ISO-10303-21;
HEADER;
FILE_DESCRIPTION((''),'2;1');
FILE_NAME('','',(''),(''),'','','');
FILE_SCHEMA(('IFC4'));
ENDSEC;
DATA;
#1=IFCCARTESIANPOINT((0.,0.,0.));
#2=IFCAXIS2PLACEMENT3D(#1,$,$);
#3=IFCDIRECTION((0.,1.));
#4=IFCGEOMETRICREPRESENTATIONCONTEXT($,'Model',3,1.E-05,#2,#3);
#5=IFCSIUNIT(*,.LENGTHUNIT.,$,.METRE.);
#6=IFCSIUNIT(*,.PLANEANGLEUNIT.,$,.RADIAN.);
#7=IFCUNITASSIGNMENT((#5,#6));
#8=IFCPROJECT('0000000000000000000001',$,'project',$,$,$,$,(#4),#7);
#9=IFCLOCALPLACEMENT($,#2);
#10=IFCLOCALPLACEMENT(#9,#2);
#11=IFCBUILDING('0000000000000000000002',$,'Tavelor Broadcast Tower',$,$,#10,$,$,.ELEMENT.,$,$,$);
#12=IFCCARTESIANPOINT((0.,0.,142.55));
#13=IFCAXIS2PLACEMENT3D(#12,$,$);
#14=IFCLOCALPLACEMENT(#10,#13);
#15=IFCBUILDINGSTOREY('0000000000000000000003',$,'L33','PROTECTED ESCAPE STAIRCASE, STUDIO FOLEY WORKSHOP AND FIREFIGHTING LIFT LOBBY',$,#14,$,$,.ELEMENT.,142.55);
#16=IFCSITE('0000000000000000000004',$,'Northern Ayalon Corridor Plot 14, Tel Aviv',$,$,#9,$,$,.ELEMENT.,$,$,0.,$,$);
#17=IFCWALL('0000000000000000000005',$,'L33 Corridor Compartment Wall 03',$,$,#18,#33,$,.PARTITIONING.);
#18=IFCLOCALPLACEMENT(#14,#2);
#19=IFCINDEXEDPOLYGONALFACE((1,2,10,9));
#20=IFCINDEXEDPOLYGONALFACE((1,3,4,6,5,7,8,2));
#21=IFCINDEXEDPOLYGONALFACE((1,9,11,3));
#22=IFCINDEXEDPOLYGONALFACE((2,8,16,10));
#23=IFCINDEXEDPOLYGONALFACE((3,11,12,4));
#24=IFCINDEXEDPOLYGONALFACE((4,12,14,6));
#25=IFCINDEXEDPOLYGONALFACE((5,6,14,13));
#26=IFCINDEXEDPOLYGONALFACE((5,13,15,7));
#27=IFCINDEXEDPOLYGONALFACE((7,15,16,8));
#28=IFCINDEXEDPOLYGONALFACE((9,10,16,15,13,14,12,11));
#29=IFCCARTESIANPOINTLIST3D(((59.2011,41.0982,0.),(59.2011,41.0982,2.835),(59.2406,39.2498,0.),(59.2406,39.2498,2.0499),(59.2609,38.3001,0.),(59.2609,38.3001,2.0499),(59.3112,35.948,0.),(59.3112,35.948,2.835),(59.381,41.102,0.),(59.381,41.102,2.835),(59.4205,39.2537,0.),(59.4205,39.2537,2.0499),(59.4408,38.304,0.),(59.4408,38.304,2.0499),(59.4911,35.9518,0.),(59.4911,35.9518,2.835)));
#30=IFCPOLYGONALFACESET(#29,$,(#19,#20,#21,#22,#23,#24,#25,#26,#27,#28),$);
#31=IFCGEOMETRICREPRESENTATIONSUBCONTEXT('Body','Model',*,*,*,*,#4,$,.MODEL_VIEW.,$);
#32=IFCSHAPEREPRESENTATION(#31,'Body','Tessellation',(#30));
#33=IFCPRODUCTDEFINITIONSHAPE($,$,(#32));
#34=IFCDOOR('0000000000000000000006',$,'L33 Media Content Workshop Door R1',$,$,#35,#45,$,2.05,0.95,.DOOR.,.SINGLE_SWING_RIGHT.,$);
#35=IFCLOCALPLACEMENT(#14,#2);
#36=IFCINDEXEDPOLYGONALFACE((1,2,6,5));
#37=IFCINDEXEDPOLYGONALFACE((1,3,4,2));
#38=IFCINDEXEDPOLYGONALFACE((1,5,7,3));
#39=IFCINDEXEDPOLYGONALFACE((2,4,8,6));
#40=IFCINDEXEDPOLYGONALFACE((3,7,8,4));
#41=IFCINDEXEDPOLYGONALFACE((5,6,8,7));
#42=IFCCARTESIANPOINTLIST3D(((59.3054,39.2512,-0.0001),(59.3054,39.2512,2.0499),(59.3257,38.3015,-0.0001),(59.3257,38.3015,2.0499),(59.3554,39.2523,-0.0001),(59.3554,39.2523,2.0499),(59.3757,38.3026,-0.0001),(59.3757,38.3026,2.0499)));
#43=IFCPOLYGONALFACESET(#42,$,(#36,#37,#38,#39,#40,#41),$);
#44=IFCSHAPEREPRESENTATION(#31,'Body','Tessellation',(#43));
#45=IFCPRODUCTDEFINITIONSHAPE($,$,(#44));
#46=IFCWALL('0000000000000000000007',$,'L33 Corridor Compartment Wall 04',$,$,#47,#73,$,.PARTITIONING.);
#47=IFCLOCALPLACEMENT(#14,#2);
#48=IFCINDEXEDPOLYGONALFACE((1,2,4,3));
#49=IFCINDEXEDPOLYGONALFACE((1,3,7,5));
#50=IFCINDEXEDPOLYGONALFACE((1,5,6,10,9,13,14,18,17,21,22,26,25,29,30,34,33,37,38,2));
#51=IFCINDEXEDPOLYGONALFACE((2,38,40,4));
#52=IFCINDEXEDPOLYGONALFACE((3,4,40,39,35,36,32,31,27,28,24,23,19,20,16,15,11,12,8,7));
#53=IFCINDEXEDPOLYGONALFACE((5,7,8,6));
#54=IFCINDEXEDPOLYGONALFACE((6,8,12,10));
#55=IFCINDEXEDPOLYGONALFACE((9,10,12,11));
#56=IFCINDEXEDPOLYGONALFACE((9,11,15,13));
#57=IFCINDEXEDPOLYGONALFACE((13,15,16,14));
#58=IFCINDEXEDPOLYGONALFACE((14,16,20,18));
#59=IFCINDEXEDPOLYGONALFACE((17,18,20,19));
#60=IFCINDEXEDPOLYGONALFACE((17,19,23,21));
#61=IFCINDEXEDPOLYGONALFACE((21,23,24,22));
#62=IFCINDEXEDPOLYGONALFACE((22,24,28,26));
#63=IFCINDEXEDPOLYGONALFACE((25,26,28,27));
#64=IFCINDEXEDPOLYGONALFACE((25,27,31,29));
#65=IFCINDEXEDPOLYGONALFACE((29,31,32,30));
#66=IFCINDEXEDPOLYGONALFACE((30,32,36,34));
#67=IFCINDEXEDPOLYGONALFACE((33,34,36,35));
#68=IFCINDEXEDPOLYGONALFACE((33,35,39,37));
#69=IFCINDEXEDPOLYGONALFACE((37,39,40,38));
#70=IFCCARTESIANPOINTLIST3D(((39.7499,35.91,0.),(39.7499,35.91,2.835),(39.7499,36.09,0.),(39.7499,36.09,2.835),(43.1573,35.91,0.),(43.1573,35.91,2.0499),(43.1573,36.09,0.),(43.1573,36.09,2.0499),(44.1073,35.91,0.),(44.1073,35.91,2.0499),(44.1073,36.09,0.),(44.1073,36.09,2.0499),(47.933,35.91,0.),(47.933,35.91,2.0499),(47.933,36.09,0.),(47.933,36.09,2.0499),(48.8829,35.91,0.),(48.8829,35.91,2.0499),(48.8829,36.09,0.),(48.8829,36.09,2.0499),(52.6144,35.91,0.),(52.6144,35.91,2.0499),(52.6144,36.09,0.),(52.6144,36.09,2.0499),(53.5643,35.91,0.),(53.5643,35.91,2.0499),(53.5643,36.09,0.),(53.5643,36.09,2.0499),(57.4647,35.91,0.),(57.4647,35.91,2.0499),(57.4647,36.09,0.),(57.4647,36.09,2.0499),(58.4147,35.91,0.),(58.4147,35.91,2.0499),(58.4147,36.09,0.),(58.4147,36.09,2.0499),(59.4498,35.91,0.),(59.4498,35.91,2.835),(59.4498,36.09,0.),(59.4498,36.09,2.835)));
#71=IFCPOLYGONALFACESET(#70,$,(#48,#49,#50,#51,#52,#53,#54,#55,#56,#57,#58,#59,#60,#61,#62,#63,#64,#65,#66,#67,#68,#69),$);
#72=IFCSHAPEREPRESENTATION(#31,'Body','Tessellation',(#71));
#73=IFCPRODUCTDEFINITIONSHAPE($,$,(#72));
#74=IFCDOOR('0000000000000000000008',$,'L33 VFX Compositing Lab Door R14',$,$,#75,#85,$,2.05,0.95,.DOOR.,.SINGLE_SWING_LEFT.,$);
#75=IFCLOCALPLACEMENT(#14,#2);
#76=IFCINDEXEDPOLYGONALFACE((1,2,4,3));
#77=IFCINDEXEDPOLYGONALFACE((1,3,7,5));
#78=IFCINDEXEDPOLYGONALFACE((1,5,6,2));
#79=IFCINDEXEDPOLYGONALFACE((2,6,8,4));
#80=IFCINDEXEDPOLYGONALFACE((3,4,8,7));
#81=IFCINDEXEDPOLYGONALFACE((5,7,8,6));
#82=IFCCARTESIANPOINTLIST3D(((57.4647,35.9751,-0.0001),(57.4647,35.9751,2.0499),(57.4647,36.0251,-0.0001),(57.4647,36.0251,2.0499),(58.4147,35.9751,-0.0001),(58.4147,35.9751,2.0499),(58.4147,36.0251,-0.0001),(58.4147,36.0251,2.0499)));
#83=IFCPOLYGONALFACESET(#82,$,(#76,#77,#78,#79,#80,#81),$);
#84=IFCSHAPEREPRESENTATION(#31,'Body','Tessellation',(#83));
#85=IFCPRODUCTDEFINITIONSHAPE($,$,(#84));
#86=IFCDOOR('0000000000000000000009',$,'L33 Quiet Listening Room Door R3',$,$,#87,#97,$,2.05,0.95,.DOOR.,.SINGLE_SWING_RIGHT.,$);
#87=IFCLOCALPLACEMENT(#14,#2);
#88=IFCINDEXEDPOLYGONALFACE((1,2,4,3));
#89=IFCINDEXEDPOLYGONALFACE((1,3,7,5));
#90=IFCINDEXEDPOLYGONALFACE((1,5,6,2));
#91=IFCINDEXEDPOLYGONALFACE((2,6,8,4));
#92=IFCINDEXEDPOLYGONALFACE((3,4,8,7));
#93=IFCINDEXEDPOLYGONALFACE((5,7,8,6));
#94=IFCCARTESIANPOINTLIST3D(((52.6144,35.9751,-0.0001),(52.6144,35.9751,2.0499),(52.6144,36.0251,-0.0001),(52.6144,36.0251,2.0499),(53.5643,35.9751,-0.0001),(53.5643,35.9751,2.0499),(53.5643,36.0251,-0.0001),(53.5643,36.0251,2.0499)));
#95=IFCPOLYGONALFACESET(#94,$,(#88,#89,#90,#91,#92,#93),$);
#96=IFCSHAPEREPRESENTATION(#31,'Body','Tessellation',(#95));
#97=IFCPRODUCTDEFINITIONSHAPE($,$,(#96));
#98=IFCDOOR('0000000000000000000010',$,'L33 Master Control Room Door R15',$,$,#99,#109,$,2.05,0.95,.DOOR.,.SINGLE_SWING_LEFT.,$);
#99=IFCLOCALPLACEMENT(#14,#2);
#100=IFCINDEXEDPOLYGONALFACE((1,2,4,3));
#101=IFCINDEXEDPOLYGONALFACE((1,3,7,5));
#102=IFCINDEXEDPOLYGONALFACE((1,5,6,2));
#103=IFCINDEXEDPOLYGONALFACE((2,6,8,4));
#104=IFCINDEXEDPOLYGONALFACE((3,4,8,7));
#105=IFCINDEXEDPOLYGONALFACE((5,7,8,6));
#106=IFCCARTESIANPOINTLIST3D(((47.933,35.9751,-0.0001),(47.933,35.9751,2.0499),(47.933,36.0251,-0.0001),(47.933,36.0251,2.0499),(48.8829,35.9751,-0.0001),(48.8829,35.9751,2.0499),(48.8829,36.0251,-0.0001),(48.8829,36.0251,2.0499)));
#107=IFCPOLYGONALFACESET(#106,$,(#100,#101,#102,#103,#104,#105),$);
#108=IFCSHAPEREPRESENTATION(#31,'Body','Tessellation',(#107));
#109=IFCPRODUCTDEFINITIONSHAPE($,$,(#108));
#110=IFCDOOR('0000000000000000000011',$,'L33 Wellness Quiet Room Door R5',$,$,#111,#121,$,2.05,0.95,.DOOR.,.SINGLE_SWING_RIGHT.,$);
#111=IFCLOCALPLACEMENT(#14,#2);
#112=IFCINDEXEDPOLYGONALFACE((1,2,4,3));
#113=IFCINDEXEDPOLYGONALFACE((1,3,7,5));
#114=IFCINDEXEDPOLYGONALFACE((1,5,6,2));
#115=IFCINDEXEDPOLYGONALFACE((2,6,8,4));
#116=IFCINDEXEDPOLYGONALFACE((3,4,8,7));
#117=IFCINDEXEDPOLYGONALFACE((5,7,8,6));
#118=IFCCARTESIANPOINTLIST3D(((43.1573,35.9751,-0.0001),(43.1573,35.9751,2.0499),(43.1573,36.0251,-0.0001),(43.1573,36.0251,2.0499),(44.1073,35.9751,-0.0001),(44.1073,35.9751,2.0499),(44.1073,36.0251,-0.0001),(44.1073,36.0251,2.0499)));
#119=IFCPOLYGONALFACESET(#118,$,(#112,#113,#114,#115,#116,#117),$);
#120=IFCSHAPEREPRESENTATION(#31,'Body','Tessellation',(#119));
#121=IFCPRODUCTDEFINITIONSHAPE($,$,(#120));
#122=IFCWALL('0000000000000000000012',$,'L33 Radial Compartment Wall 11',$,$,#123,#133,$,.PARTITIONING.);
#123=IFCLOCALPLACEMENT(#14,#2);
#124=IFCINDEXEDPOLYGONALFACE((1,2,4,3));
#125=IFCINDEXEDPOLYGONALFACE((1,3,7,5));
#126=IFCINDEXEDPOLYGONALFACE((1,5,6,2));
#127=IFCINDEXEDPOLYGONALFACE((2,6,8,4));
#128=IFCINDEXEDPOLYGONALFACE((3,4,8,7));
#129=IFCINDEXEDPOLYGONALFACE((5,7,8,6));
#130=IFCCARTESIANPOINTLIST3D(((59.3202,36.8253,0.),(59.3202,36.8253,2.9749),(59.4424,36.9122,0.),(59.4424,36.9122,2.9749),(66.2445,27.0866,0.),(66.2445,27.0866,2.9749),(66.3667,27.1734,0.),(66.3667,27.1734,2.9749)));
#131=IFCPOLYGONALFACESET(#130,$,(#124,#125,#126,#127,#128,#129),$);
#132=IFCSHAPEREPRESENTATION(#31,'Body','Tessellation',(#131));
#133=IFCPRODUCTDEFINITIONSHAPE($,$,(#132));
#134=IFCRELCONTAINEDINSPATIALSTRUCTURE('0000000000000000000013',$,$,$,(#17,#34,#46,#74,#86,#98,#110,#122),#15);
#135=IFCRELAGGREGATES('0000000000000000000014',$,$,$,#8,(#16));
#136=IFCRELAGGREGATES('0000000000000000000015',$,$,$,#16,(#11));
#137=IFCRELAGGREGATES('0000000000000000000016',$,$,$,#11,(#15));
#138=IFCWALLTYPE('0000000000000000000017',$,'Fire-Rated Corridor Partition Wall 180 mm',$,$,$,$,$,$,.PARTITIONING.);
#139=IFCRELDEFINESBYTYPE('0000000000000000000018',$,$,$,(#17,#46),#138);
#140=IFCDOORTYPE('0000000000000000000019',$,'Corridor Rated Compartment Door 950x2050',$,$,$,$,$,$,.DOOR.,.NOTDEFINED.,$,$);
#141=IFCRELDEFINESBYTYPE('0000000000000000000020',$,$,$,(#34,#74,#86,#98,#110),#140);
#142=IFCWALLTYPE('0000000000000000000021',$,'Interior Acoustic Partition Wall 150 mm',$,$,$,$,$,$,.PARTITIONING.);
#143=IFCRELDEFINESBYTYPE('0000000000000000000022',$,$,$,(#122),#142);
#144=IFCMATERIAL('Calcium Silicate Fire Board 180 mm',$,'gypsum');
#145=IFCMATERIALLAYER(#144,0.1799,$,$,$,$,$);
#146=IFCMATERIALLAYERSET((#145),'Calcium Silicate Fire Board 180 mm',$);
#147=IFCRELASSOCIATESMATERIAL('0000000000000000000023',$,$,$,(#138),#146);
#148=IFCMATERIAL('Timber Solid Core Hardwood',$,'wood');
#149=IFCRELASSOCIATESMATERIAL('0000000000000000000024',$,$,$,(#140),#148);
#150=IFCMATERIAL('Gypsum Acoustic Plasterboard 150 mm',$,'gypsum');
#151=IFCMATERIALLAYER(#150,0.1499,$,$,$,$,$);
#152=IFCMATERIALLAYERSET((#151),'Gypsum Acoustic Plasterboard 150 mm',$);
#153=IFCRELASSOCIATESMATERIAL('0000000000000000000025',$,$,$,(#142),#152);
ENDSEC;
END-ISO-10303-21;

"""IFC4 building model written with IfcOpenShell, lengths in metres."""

from ifc_helpers import new_model, si_unit, direction, frame, frame_2d, origin, place, context, subcontext, project, spatial, rectangle, extrude, material, layer, layer_set, type_object, element, fill, save


model = new_model("IFC4")

# Units and contexts
model_context = context("Model", 3, precision=1e-05, world=origin(), true_north=direction((0.0, 1.0)))
body_context = subcontext(model_context, "Body", "Model", "MODEL_VIEW")
ifc_project = project(units=[si_unit("LENGTHUNIT", "METRE"), si_unit("PLANEANGLEUNIT", "RADIAN")], contexts=[model_context])

# Site, building, storey
site_placement = place(None, origin())
site = spatial("IfcSite", under=ifc_project, at=site_placement, Name="Northern Ayalon Corridor Plot 14, Tel Aviv", CompositionType="ELEMENT", RefElevation=0.0)
building_placement = place(site_placement, origin())
building = spatial("IfcBuilding", under=site, at=building_placement, Name="Tavelor Broadcast Tower", CompositionType="ELEMENT")
storey_placement = place(building_placement, frame((0.0, 0.0, 142.55)))
storey = spatial("IfcBuildingStorey", under=building, at=storey_placement, Name="L33", Description="PROTECTED ESCAPE STAIRCASE, STUDIO FOLEY WORKSHOP AND FIREFIGHTING LIFT LOBBY", CompositionType="ELEMENT", Elevation=142.55)

# Wall, opening, door
ifc_material_1 = material(Name="Calcium Silicate Fire Board 180 mm", Category="gypsum")
ifc_layer_1 = layer(ifc_material_1, 0.1799)
ifc_layer_set_1 = layer_set([ifc_layer_1], Name="Calcium Silicate Fire Board 180 mm")
wall_type_1 = type_object("IfcWallType", Name="Fire-Rated Corridor Partition Wall 180 mm", PredefinedType="PARTITIONING", material=ifc_layer_set_1)
wall_1_placement = place(storey_placement, frame((59.291, 41.1001, 0.0), z_axis=(0.0, 0.0, 1.0), x_axis=(0.021375, -0.999772, 0.0)))
wall_1 = element("IfcWall", 1, at=wall_1_placement, inside=storey, type_object=wall_type_1, Name="L33 Corridor Compartment Wall 03", PredefinedType="PARTITIONING", context=body_context, shape_type="SweptSolid", body=[
    extrude(rectangle(XDim=5.1514, YDim=0.1799, at=frame_2d((2.5757, 0.0))), origin(), (0.0, 0.0, 1.0), 2.835),
])
opening_1_placement = place(wall_1_placement, frame((1.8486, 0.0, 0.0)))
opening_1 = element("IfcOpeningElement", 2, at=opening_1_placement, cuts=wall_1, PredefinedType="OPENING", context=body_context, shape_type="SweptSolid", body=[
    extrude(rectangle(XDim=0.95, YDim=2.05, at=frame_2d((0.4751, 1.0249))), frame((0.0, 0.1001, 0.0), z_axis=(0.0, -1.0, 0.0), x_axis=(1.0, 0.0, 0.0)), (0.0, 0.0, 1.0), 0.2),
])
ifc_material_2 = material(Name="Timber Solid Core Hardwood", Category="wood")
door_type_1 = type_object("IfcDoorType", Name="Corridor Rated Compartment Door 950x2050", OperationType="NOTDEFINED", PredefinedType="DOOR", material=ifc_material_2)
door_1_placement = place(opening_1_placement, origin())
door_1 = element("IfcDoor", 3, at=door_1_placement, inside=storey, type_object=door_type_1, Name="L33 Media Content Workshop Door R1", OperationType="SINGLE_SWING_RIGHT", OverallHeight=2.05, OverallWidth=0.95, PredefinedType="DOOR", context=body_context, shape_type="SweptSolid", body=[
    extrude(rectangle(XDim=0.95, YDim=2.05, at=frame_2d((0.4751, 1.0249))), frame((0.0, 0.0249, 0.0), z_axis=(0.0, -1.0, 0.0), x_axis=(1.0, 0.0, 0.0)), (0.0, 0.0, 1.0), 0.05),
])
fill(opening_1, door_1)

# Wall, openings, doors
wall_2_placement = place(storey_placement, frame((59.45, 36.0, 0.0), z_axis=(0.0, 0.0, 1.0), x_axis=(-1.0, 0.0, 0.0)))
wall_2 = element("IfcWall", 4, at=wall_2_placement, inside=storey, type_object=wall_type_1, Name="L33 Corridor Compartment Wall 04", PredefinedType="PARTITIONING", context=body_context, shape_type="SweptSolid", body=[
    extrude(rectangle(XDim=19.7, YDim=0.1799, at=frame_2d((9.8501, 0.0))), origin(), (0.0, 0.0, 1.0), 2.835),
])
opening_2_placement = place(wall_2_placement, frame((1.0352, 0.0, 0.0)))
opening_2 = element("IfcOpeningElement", 5, at=opening_2_placement, cuts=wall_2, PredefinedType="OPENING", context=body_context, shape_type="SweptSolid", body=[
    extrude(rectangle(XDim=0.95, YDim=2.05, at=frame_2d((0.4751, 1.0249))), frame((0.0, 0.1001, 0.0), z_axis=(0.0, -1.0, 0.0), x_axis=(1.0, 0.0, 0.0)), (0.0, 0.0, 1.0), 0.2),
])
opening_3_placement = place(wall_2_placement, frame((5.8855, 0.0, 0.0)))
opening_3 = element("IfcOpeningElement", 6, at=opening_3_placement, cuts=wall_2, PredefinedType="OPENING", context=body_context, shape_type="SweptSolid", body=[
    extrude(rectangle(XDim=0.95, YDim=2.05, at=frame_2d((0.4751, 1.0249))), frame((0.0, 0.1001, 0.0), z_axis=(0.0, -1.0, 0.0), x_axis=(1.0, 0.0, 0.0)), (0.0, 0.0, 1.0), 0.2),
])
opening_4_placement = place(wall_2_placement, frame((10.5669, 0.0, 0.0)))
opening_4 = element("IfcOpeningElement", 7, at=opening_4_placement, cuts=wall_2, PredefinedType="OPENING", context=body_context, shape_type="SweptSolid", body=[
    extrude(rectangle(XDim=0.95, YDim=2.05, at=frame_2d((0.4751, 1.0249))), frame((0.0, 0.1001, 0.0), z_axis=(0.0, -1.0, 0.0), x_axis=(1.0, 0.0, 0.0)), (0.0, 0.0, 1.0), 0.2),
])
opening_5_placement = place(wall_2_placement, frame((15.3425, 0.0, 0.0)))
opening_5 = element("IfcOpeningElement", 8, at=opening_5_placement, cuts=wall_2, PredefinedType="OPENING", context=body_context, shape_type="SweptSolid", body=[
    extrude(rectangle(XDim=0.95, YDim=2.05, at=frame_2d((0.4751, 1.0249))), frame((0.0, 0.1001, 0.0), z_axis=(0.0, -1.0, 0.0), x_axis=(1.0, 0.0, 0.0)), (0.0, 0.0, 1.0), 0.2),
])
door_2_placement = place(opening_2_placement, origin())
door_2 = element("IfcDoor", 9, at=door_2_placement, inside=storey, type_object=door_type_1, Name="L33 VFX Compositing Lab Door R14", OperationType="SINGLE_SWING_LEFT", OverallHeight=2.05, OverallWidth=0.95, PredefinedType="DOOR", context=body_context, shape_type="SweptSolid", body=[
    extrude(rectangle(XDim=0.95, YDim=2.05, at=frame_2d((0.4751, 1.0249))), frame((0.0, 0.0249, 0.0), z_axis=(0.0, -1.0, 0.0), x_axis=(1.0, 0.0, 0.0)), (0.0, 0.0, 1.0), 0.05),
])
fill(opening_2, door_2)
door_3_placement = place(opening_3_placement, origin())
door_3 = element("IfcDoor", 10, at=door_3_placement, inside=storey, type_object=door_type_1, Name="L33 Quiet Listening Room Door R3", OperationType="SINGLE_SWING_RIGHT", OverallHeight=2.05, OverallWidth=0.95, PredefinedType="DOOR", context=body_context, shape_type="SweptSolid", body=[
    extrude(rectangle(XDim=0.95, YDim=2.05, at=frame_2d((0.4751, 1.0249))), frame((0.0, 0.0249, 0.0), z_axis=(0.0, -1.0, 0.0), x_axis=(1.0, 0.0, 0.0)), (0.0, 0.0, 1.0), 0.05),
])
fill(opening_3, door_3)
door_4_placement = place(opening_4_placement, origin())
door_4 = element("IfcDoor", 11, at=door_4_placement, inside=storey, type_object=door_type_1, Name="L33 Master Control Room Door R15", OperationType="SINGLE_SWING_LEFT", OverallHeight=2.05, OverallWidth=0.95, PredefinedType="DOOR", context=body_context, shape_type="SweptSolid", body=[
    extrude(rectangle(XDim=0.95, YDim=2.05, at=frame_2d((0.4751, 1.0249))), frame((0.0, 0.0249, 0.0), z_axis=(0.0, -1.0, 0.0), x_axis=(1.0, 0.0, 0.0)), (0.0, 0.0, 1.0), 0.05),
])
fill(opening_4, door_4)
door_5_placement = place(opening_5_placement, origin())
door_5 = element("IfcDoor", 12, at=door_5_placement, inside=storey, type_object=door_type_1, Name="L33 Wellness Quiet Room Door R5", OperationType="SINGLE_SWING_RIGHT", OverallHeight=2.05, OverallWidth=0.95, PredefinedType="DOOR", context=body_context, shape_type="SweptSolid", body=[
    extrude(rectangle(XDim=0.95, YDim=2.05, at=frame_2d((0.4751, 1.0249))), frame((0.0, 0.0249, 0.0), z_axis=(0.0, -1.0, 0.0), x_axis=(1.0, 0.0, 0.0)), (0.0, 0.0, 1.0), 0.05),
])
fill(opening_5, door_5)

# Wall
ifc_material_3 = material(Name="Gypsum Acoustic Plasterboard 150 mm", Category="gypsum")
ifc_layer_2 = layer(ifc_material_3, 0.1499)
ifc_layer_set_2 = layer_set([ifc_layer_2], Name="Gypsum Acoustic Plasterboard 150 mm")
wall_type_2 = type_object("IfcWallType", Name="Interior Acoustic Partition Wall 150 mm", PredefinedType="PARTITIONING", material=ifc_layer_set_2)
wall_3_placement = place(storey_placement, frame((59.3813, 36.8687, 0.0), z_axis=(0.0, 0.0, 1.0), x_axis=(0.579466, -0.814996, 0.0)))
element("IfcWall", 13, at=wall_3_placement, inside=storey, type_object=wall_type_2, Name="L33 Radial Compartment Wall 11", PredefinedType="PARTITIONING", context=body_context, shape_type="SweptSolid", body=[
    extrude(rectangle(XDim=11.9495, YDim=0.1499, at=frame_2d((5.9746, 0.0))), origin(), (0.0, 0.0, 1.0), 2.9749),
])

save(model, "model.ifc")
